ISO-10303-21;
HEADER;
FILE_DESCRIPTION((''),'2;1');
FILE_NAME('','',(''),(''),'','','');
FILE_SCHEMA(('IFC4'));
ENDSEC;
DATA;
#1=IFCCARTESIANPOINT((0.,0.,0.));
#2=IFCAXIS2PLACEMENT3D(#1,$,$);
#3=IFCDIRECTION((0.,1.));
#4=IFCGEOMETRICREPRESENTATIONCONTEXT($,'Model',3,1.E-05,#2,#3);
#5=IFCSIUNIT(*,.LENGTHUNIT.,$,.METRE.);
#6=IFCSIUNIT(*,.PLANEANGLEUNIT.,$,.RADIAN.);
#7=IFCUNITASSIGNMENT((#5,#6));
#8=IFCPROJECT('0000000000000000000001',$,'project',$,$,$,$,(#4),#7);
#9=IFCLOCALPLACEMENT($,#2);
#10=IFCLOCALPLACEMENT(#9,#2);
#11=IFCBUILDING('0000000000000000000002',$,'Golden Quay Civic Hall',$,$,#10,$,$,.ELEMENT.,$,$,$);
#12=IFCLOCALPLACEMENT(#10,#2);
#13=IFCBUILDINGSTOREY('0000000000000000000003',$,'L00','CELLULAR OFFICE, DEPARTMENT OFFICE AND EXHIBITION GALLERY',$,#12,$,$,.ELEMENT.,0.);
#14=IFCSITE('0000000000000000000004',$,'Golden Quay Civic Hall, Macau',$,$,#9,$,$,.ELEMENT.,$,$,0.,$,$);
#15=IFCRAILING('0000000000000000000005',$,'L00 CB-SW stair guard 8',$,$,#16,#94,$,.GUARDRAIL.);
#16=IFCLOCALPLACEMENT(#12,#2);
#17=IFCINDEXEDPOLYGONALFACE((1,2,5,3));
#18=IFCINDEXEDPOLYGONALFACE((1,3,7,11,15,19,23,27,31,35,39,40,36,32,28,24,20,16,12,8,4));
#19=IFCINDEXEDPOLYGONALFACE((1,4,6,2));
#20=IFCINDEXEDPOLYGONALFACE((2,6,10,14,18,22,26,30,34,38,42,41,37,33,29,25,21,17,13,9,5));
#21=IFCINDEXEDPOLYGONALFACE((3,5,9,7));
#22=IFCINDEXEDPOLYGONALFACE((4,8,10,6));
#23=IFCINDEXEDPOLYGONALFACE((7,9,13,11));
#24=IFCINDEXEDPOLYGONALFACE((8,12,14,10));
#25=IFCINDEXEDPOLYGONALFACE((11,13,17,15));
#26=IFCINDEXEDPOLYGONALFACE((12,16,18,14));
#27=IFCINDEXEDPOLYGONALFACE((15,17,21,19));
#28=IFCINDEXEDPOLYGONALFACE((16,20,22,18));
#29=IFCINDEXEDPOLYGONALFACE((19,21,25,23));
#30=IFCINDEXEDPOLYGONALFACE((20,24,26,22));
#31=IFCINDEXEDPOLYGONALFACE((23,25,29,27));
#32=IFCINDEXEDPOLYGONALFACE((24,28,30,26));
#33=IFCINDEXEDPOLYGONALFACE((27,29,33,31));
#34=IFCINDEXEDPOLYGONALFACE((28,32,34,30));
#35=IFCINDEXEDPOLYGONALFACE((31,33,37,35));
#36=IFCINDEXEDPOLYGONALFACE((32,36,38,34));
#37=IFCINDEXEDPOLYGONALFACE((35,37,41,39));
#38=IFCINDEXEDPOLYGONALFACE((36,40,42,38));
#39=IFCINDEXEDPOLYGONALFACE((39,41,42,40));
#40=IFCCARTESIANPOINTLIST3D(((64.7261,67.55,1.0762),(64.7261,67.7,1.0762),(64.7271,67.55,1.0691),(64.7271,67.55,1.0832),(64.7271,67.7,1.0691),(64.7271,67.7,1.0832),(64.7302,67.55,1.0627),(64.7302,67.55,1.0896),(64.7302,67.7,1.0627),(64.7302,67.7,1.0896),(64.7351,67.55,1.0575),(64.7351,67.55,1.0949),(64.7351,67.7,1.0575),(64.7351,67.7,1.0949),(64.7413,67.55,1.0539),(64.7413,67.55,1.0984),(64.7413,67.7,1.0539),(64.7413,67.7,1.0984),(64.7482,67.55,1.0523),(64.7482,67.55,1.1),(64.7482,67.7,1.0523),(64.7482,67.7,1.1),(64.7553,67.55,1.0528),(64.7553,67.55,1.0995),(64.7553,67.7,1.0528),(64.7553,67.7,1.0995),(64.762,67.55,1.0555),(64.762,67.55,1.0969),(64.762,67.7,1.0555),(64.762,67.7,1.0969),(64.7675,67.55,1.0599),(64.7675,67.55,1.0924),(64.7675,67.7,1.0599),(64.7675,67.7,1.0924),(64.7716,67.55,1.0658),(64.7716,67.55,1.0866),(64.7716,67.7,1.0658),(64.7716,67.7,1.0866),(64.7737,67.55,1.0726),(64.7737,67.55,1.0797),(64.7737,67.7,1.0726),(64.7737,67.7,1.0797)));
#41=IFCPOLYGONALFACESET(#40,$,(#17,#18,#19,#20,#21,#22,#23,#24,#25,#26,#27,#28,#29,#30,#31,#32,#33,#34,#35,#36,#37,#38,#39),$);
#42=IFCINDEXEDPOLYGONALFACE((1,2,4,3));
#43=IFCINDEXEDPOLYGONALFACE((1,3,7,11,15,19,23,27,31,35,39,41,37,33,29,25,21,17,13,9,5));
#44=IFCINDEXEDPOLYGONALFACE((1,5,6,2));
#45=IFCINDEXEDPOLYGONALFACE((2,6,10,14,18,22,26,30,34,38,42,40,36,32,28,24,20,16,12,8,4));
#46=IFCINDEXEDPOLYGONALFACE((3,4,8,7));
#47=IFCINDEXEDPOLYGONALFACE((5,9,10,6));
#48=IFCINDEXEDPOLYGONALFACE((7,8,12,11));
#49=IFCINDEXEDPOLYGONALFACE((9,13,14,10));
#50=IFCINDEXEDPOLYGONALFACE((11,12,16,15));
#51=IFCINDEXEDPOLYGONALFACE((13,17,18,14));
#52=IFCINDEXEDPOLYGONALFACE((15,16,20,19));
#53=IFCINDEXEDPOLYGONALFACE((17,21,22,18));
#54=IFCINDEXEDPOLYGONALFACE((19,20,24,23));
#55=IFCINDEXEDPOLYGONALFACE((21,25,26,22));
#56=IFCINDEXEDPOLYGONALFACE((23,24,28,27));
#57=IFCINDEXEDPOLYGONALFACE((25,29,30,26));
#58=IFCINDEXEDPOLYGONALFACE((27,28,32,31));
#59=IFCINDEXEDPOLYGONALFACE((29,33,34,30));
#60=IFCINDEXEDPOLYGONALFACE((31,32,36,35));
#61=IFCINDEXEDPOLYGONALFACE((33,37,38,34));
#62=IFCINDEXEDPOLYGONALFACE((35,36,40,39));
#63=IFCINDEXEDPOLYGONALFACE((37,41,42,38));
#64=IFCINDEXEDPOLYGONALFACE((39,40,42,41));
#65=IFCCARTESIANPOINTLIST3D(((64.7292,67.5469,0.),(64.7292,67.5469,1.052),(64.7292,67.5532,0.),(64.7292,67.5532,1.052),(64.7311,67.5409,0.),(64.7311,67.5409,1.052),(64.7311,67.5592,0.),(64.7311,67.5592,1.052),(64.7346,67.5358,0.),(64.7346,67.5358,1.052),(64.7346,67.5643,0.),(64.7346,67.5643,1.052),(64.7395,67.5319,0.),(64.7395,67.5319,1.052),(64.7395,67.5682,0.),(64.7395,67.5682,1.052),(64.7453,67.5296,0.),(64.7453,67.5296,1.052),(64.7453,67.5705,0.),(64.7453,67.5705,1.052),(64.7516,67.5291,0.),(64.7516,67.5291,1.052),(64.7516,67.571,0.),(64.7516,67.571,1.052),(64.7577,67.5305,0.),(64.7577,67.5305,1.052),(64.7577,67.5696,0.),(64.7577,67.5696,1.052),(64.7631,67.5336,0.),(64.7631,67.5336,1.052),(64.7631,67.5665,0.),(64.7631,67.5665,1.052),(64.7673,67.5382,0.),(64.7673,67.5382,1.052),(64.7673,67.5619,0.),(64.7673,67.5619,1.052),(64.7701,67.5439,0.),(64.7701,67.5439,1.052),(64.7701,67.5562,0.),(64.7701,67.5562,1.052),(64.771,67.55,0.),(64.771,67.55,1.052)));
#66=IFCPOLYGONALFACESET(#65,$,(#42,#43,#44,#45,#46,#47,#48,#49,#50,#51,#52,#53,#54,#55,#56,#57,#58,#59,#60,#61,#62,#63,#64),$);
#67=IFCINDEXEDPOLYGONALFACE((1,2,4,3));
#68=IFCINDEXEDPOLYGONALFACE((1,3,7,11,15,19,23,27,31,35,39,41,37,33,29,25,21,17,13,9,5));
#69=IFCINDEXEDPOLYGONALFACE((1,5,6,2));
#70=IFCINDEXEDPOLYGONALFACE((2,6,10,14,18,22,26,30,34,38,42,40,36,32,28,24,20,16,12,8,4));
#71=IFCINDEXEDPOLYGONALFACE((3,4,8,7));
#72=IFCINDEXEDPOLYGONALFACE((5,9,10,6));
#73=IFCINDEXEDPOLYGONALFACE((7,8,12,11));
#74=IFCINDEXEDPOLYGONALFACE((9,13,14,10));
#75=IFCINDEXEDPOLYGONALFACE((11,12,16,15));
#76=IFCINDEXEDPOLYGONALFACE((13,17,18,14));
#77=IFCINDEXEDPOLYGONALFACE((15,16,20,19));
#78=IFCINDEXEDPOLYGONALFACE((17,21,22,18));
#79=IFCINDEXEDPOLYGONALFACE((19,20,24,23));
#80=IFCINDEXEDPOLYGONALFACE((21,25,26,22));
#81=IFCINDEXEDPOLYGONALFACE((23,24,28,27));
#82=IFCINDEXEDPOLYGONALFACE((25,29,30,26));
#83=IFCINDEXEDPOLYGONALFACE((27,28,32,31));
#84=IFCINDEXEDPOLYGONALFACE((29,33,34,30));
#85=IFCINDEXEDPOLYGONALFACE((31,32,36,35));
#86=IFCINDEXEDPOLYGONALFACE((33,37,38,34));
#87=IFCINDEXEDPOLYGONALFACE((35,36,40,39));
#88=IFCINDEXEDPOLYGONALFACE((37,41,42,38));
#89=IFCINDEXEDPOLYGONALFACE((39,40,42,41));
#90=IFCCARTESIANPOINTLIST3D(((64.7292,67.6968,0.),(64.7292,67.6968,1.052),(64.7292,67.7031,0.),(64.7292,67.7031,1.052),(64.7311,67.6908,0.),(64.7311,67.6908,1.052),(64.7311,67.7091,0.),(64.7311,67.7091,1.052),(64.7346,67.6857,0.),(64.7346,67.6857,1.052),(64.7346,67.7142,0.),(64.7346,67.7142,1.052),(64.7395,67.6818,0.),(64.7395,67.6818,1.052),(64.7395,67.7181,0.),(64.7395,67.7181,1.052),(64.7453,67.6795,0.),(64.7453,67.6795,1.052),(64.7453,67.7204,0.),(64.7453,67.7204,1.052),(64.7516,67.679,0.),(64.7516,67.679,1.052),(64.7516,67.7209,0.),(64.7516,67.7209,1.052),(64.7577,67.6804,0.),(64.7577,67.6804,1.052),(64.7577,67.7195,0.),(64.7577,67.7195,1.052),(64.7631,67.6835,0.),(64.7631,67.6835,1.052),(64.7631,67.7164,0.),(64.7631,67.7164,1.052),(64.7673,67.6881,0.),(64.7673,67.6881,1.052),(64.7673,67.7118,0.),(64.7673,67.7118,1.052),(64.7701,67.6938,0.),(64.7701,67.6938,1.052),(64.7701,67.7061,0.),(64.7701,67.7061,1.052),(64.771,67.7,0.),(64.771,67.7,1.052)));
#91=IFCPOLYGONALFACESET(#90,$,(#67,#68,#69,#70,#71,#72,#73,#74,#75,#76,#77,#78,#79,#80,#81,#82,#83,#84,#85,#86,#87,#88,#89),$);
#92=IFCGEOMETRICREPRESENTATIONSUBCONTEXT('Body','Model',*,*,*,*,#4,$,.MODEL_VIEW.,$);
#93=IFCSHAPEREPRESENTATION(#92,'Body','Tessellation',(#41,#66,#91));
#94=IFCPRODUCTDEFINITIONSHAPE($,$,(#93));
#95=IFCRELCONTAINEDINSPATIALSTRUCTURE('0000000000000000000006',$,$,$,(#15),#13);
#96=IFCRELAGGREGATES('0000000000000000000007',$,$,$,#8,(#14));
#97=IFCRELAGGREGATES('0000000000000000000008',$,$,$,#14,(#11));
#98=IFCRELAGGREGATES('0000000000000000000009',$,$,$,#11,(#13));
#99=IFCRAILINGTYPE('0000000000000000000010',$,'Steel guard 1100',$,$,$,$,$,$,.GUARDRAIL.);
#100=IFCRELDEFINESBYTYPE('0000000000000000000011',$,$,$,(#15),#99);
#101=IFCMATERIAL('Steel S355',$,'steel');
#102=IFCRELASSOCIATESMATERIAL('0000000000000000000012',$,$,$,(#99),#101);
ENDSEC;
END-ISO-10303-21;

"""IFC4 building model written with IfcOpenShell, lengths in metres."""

from ifc_helpers import new_model, si_unit, direction, frame, origin, origin_2d, place, context, subcontext, project, spatial, circle, extrude, material, type_object, element, save


model = new_model("IFC4")

# Units and contexts
model_context = context("Model", 3, precision=1e-05, world=origin(), true_north=direction((0.0, 1.0)))
body_context = subcontext(model_context, "Body", "Model", "MODEL_VIEW")
ifc_project = project(units=[si_unit("LENGTHUNIT", "METRE"), si_unit("PLANEANGLEUNIT", "RADIAN")], contexts=[model_context])

# Site, building, storey
site_placement = place(None, origin())
site = spatial("IfcSite", under=ifc_project, at=site_placement, Name="Golden Quay Civic Hall, Macau", CompositionType="ELEMENT", RefElevation=0.0)
building_placement = place(site_placement, origin())
building = spatial("IfcBuilding", under=site, at=building_placement, Name="Golden Quay Civic Hall", CompositionType="ELEMENT")
storey_placement = place(building_placement, origin())
storey = spatial("IfcBuildingStorey", under=building, at=storey_placement, Name="L00", Description="CELLULAR OFFICE, DEPARTMENT OFFICE AND EXHIBITION GALLERY", CompositionType="ELEMENT", Elevation=0.0)

# Railing
ifc_material_1 = material(Name="Steel S355", Category="steel")
railing_type_1 = type_object("IfcRailingType", Name="Steel guard 1100", PredefinedType="GUARDRAIL", material=ifc_material_1)
railing_1_placement = place(storey_placement, frame((64.75, 67.55, 0.0)))
element("IfcRailing", 1, at=railing_1_placement, inside=storey, type_object=railing_type_1, Name="L00 CB-SW stair guard 8", PredefinedType="GUARDRAIL", context=body_context, shape_type="SweptSolid", body=[
    extrude(circle(Radius=0.0239, at=origin_2d()), frame((0.0, 0.0, 1.0762), z_axis=(0.0, 1.0, 0.0), x_axis=(-1.0, 0.0, 0.0)), (0.0, 0.0, 1.0), 0.1499),
    extrude(circle(Radius=0.021, at=origin_2d()), origin(), (0.0, 0.0, 1.0), 1.052),
    extrude(circle(Radius=0.021, at=origin_2d()), frame((0.0, 0.1499, 0.0)), (0.0, 0.0, 1.0), 1.052),
])

save(model, "model.ifc")
